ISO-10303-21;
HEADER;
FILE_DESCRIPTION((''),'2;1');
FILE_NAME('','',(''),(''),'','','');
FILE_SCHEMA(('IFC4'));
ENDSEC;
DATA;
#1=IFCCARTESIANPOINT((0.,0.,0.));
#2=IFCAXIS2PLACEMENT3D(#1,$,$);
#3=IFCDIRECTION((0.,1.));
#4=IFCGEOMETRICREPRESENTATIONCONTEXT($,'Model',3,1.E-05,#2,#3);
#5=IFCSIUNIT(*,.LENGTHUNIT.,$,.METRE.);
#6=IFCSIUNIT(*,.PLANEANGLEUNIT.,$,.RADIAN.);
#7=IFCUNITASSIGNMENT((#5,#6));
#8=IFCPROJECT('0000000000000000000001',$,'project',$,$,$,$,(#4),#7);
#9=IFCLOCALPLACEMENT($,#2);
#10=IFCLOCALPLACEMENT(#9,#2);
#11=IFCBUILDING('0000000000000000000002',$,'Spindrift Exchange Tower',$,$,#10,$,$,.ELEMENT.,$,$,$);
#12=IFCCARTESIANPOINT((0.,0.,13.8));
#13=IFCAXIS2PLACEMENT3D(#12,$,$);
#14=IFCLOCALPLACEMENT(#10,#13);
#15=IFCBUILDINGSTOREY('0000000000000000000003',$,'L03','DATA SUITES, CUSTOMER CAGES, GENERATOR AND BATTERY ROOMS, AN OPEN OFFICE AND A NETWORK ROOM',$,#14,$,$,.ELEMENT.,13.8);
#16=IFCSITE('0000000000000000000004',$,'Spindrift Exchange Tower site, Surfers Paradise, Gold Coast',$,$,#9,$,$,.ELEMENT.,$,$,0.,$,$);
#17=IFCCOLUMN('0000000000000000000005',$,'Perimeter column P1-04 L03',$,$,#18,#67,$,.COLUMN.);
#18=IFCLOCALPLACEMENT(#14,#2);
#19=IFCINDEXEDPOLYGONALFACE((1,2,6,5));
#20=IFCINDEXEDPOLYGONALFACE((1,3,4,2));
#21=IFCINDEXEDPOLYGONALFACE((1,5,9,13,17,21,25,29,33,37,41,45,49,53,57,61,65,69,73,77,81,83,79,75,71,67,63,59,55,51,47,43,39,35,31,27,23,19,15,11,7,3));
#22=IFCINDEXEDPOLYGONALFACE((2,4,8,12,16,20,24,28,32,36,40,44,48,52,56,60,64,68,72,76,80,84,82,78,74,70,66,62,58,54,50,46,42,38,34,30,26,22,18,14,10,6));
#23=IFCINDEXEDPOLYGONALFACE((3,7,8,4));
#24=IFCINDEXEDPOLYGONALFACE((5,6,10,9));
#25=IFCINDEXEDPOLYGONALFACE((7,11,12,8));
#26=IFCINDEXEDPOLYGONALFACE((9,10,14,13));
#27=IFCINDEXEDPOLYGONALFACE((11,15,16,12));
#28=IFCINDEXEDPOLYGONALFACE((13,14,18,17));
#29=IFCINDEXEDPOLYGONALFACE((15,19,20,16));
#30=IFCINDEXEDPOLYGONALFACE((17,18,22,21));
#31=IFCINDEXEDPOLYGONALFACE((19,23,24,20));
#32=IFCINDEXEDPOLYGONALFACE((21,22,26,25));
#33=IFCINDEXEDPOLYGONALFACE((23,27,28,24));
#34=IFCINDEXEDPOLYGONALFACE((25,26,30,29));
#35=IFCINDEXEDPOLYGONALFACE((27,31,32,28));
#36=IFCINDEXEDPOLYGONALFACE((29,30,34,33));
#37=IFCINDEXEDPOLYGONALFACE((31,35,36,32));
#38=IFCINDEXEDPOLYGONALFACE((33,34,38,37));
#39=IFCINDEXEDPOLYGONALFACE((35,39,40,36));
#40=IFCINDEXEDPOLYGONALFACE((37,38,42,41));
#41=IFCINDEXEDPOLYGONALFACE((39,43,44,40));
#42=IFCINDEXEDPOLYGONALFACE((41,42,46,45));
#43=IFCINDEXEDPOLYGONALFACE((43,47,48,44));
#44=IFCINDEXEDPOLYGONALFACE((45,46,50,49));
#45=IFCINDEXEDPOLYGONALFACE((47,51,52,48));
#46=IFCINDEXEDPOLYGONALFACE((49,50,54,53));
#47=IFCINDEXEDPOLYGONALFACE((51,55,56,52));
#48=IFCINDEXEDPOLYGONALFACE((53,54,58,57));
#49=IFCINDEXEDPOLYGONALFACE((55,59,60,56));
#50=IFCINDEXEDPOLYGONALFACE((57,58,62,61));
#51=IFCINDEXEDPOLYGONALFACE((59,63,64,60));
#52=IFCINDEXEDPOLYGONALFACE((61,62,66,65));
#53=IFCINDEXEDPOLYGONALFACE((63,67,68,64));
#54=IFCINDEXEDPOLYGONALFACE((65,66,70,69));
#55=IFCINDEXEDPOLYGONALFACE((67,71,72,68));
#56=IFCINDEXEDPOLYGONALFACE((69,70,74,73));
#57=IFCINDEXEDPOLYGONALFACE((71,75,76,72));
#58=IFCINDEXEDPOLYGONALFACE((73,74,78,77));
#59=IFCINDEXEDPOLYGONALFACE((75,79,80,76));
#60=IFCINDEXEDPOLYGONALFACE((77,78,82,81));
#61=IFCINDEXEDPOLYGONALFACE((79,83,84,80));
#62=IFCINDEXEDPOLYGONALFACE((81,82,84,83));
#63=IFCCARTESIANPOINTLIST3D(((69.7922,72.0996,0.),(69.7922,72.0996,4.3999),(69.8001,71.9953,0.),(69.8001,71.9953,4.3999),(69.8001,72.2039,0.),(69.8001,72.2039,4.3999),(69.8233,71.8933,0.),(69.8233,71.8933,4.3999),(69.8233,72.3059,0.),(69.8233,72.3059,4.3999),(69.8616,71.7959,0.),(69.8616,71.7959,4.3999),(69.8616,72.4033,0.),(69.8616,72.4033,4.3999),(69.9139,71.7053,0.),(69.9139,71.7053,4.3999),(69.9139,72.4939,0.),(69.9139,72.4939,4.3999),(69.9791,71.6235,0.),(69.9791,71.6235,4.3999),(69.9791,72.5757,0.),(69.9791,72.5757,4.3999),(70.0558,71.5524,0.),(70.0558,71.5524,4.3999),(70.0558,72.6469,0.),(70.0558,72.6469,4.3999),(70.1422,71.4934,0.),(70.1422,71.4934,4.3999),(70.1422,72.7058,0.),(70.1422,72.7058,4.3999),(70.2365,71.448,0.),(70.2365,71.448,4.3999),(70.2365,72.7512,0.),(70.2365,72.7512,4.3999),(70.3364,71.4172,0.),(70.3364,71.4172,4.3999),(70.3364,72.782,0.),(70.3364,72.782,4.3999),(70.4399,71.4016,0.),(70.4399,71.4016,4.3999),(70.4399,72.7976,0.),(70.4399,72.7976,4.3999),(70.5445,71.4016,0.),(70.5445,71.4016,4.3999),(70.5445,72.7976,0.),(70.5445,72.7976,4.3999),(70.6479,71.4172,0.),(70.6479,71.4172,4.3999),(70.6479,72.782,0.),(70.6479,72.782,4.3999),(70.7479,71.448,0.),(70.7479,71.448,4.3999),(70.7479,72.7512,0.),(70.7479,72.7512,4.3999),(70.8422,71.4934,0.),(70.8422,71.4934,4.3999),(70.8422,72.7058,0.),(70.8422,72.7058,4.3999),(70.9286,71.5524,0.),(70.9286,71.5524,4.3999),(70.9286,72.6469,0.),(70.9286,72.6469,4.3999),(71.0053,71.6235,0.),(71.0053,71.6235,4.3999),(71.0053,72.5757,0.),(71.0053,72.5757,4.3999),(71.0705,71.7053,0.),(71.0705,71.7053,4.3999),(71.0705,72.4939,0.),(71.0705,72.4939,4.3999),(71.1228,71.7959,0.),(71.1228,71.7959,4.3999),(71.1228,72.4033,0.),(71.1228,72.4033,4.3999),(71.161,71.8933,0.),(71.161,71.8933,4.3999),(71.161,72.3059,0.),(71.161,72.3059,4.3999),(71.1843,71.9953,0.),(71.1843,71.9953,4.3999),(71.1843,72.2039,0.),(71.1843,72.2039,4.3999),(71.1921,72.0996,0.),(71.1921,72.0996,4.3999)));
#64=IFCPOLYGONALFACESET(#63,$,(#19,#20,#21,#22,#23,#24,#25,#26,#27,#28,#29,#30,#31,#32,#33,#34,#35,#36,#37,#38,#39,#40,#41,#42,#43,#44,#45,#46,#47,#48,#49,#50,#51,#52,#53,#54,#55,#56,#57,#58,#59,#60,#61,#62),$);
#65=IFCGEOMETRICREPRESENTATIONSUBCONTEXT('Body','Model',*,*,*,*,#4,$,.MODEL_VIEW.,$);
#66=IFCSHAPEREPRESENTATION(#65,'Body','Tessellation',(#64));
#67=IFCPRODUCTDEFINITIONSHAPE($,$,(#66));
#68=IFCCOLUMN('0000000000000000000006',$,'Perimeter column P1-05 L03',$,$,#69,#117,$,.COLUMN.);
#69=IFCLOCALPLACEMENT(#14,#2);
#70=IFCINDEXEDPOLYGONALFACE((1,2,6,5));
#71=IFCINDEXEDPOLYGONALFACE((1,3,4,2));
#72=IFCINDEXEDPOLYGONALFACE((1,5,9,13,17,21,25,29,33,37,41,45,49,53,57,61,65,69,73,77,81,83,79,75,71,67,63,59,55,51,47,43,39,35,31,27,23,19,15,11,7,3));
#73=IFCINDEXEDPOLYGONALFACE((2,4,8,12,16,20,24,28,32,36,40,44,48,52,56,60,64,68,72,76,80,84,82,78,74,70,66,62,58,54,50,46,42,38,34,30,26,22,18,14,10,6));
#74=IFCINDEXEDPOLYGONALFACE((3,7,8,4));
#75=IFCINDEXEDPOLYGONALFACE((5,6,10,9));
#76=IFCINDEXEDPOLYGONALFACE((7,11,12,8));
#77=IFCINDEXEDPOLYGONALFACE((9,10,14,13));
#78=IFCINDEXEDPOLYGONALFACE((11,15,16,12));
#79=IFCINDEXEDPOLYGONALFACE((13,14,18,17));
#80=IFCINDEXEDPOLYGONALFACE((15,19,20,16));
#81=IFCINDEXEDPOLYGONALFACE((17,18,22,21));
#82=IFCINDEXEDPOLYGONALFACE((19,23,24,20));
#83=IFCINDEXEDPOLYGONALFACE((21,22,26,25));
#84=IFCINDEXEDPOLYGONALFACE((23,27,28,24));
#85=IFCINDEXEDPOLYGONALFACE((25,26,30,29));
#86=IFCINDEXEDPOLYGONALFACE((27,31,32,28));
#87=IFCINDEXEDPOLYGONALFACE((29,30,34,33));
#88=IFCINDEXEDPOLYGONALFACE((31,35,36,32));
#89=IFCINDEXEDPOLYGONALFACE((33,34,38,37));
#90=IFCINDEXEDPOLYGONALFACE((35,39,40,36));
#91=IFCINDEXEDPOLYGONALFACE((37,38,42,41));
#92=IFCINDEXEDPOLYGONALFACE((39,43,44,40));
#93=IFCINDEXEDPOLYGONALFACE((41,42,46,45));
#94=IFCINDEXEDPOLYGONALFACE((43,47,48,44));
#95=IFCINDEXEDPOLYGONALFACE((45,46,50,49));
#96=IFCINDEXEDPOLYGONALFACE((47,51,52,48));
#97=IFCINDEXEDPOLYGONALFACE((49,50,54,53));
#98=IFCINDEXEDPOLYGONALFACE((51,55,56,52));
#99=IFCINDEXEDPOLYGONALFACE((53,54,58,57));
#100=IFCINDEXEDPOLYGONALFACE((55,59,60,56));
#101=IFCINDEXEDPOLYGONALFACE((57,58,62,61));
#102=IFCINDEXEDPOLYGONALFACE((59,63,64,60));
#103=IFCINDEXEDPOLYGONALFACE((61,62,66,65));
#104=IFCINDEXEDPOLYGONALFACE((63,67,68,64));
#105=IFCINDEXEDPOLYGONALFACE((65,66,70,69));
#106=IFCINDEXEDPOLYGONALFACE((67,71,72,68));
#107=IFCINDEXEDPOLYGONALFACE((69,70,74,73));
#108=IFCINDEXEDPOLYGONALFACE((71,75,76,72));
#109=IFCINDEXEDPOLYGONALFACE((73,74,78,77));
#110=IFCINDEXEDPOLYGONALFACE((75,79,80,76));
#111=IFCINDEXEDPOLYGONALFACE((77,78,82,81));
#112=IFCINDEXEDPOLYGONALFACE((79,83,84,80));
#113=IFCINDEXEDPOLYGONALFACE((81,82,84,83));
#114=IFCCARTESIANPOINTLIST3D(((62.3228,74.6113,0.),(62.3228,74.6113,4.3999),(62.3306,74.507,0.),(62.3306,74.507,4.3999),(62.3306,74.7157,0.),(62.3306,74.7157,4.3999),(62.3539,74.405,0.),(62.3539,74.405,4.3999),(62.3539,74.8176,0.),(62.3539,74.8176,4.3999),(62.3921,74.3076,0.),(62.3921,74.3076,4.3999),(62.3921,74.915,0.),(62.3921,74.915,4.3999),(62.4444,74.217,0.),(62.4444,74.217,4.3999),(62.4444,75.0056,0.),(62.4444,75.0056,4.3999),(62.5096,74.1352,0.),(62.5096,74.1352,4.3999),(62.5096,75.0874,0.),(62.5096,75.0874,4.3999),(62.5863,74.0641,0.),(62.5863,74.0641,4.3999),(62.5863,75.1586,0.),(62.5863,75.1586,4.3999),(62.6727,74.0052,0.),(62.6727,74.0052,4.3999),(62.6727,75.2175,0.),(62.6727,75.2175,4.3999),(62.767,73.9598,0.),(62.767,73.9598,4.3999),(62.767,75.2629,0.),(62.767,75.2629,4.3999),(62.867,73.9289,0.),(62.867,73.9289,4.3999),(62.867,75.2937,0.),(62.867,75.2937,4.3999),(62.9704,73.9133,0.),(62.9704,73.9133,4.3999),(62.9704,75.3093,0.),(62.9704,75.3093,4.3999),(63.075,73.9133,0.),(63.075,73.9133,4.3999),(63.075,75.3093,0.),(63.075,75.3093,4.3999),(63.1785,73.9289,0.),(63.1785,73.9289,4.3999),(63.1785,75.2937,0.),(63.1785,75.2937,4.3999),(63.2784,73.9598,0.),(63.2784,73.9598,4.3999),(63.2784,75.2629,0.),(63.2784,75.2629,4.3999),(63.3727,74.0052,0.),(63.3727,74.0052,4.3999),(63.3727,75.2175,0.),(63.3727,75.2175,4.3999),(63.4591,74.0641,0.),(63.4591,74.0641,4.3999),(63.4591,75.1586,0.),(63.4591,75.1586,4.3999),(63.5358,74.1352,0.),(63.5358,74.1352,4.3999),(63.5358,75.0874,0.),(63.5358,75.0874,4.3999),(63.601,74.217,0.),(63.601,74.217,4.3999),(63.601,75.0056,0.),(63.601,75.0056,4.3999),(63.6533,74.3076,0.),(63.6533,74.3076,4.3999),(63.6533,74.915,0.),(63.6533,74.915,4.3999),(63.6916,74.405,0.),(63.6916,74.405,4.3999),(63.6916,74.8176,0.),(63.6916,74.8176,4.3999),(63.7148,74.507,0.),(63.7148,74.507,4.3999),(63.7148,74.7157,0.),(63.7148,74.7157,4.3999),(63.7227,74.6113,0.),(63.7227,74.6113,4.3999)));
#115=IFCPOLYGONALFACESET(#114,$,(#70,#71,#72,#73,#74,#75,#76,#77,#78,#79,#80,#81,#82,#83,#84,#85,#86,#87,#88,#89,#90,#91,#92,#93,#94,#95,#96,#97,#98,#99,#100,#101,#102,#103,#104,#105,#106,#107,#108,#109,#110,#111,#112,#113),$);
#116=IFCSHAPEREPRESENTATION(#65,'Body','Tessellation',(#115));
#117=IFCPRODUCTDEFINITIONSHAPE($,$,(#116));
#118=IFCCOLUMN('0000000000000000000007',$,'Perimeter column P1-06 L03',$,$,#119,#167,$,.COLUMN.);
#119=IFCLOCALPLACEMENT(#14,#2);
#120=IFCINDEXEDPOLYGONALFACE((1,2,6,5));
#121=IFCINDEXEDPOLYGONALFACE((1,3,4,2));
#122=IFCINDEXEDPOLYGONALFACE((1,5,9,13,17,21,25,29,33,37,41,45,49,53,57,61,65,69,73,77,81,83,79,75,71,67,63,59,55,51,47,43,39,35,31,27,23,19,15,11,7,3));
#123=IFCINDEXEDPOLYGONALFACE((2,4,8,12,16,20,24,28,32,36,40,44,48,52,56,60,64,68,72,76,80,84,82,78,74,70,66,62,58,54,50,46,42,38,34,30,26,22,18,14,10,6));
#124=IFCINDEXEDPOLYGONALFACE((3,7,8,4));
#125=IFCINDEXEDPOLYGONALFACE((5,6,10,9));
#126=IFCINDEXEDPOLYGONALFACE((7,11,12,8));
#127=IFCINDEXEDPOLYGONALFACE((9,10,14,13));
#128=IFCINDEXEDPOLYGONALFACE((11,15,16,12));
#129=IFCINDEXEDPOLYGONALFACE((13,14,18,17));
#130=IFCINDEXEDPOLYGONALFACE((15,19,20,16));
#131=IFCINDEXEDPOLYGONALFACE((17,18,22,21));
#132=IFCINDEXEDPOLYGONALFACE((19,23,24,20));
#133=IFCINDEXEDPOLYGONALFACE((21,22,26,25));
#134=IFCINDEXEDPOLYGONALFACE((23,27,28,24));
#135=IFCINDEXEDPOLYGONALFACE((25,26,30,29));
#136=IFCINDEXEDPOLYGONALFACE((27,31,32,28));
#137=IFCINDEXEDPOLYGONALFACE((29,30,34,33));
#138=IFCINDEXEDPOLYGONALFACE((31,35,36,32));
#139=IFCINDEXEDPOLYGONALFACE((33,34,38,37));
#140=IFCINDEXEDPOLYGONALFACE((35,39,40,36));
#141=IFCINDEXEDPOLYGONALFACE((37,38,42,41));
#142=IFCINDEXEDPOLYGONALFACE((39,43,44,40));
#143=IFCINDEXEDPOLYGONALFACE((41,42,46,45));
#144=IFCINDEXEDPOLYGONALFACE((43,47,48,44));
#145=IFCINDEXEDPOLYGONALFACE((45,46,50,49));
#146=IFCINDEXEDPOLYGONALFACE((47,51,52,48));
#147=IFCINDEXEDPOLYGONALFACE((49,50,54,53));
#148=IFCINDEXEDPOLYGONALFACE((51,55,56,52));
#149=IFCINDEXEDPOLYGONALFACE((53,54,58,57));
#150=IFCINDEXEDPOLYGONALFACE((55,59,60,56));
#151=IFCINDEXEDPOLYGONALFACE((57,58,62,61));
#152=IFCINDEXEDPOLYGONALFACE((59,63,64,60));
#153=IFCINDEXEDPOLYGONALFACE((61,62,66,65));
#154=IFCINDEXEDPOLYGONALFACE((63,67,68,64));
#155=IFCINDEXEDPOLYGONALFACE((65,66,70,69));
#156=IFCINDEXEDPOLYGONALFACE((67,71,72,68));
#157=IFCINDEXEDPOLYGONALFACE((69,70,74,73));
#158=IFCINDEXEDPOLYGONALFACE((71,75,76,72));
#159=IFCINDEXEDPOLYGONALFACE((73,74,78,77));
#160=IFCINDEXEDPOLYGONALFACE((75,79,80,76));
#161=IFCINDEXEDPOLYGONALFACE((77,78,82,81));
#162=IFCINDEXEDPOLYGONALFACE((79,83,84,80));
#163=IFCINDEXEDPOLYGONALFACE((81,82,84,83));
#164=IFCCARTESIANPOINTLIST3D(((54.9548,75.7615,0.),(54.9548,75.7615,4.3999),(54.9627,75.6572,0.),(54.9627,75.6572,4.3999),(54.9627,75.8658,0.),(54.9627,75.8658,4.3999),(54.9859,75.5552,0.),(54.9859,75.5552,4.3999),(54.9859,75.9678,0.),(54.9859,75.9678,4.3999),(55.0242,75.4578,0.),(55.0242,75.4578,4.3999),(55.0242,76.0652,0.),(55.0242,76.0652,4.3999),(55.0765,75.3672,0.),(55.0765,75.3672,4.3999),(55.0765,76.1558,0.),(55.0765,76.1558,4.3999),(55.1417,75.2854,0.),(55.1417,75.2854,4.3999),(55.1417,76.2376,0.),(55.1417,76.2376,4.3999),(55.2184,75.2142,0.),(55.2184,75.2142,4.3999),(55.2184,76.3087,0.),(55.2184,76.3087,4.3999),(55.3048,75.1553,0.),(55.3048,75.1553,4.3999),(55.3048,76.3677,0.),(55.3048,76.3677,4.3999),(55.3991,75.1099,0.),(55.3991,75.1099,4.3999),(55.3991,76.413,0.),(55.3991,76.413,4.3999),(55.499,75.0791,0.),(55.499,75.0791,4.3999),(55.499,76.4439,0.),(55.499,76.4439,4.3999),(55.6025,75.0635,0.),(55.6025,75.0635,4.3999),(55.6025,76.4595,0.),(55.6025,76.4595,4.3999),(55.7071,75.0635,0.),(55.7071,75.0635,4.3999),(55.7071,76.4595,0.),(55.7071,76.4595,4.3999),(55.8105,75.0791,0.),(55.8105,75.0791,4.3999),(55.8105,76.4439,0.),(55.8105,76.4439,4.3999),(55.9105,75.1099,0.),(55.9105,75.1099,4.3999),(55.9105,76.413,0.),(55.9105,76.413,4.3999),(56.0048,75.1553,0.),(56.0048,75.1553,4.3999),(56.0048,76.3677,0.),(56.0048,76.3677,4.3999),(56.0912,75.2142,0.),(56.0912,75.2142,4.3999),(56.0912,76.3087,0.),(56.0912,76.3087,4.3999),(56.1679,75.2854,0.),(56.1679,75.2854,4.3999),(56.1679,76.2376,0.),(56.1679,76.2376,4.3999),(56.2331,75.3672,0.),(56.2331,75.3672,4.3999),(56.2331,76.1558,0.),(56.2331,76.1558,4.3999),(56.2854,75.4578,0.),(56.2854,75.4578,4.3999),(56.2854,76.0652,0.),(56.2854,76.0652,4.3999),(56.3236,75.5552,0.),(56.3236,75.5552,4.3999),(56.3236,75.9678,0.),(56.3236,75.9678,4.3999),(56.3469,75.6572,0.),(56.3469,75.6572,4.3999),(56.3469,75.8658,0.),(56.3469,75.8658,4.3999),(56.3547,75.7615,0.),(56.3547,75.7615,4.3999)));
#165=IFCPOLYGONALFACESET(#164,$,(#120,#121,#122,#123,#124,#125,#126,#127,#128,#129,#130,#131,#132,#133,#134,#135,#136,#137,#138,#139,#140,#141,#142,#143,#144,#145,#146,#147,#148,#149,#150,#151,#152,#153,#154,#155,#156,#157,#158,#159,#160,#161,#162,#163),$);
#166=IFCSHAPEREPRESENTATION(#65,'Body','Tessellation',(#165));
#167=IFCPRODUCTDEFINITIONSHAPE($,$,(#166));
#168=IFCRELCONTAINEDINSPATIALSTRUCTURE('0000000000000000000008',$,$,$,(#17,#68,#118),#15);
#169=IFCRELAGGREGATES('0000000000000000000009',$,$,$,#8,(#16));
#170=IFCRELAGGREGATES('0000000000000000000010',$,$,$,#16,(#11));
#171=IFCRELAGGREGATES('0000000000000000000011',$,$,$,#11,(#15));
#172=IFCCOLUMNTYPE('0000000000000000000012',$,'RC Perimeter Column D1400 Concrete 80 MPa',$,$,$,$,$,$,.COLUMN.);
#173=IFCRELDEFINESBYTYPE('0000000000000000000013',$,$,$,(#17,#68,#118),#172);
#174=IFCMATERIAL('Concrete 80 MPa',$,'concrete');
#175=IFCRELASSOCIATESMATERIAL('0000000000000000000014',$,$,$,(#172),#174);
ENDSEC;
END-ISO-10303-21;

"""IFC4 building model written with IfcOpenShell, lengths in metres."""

from ifc_helpers import new_model, si_unit, direction, frame, origin, origin_2d, place, context, subcontext, project, spatial, circle, extrude, source, transform, mapped, material, material_profile, profile_set, type_object, element, save


model = new_model("IFC4")

# Units and contexts
model_context = context("Model", 3, precision=1e-05, world=origin(), true_north=direction((0.0, 1.0)))
body_context = subcontext(model_context, "Body", "Model", "MODEL_VIEW")
ifc_project = project(units=[si_unit("LENGTHUNIT", "METRE"), si_unit("PLANEANGLEUNIT", "RADIAN")], contexts=[model_context])

# Site, building, storey
site_placement = place(None, origin())
site = spatial("IfcSite", under=ifc_project, at=site_placement, Name="Spindrift Exchange Tower site, Surfers Paradise, Gold Coast", CompositionType="ELEMENT", RefElevation=0.0)
building_placement = place(site_placement, origin())
building = spatial("IfcBuilding", under=site, at=building_placement, Name="Spindrift Exchange Tower", CompositionType="ELEMENT")
storey_placement = place(building_placement, frame((0.0, 0.0, 13.8)))
storey = spatial("IfcBuildingStorey", under=building, at=storey_placement, Name="L03", Description="DATA SUITES, CUSTOMER CAGES, GENERATOR AND BATTERY ROOMS, AN OPEN OFFICE AND A NETWORK ROOM", CompositionType="ELEMENT", Elevation=13.8)

# Columns
ifc_material_1 = material(Name="Concrete 80 MPa", Category="concrete")
ifc_material_profile_1 = material_profile(ifc_material_1, circle(Radius=0.7, at=origin_2d()), Name="RC D1400")
ifc_profile_set_1 = profile_set([ifc_material_profile_1], Name="Concrete 80 MPa")
column_type_1 = type_object("IfcColumnType", Name="RC Perimeter Column D1400 Concrete 80 MPa", PredefinedType="COLUMN", material=ifc_profile_set_1)
shared_shape_1 = source(origin(), body_context, "Body", "SweptSolid", [
    extrude(circle(Radius=0.7, at=origin_2d()), origin(), (0.0, 0.0, 1.0), 4.3999),
])
for number, where, z_axis, x_axis, name in (
    (1, (70.4922, 72.0996, 0.0), (0.0, 0.0, 1.0), (1.0, 0.0, 0.0), "Perimeter column P1-04 L03"),
    (2, (63.0227, 74.6113, 0.0), (0.0, 0.0, 1.0), (1.0, 0.0, 0.0), "Perimeter column P1-05 L03"),
    (3, (55.6548, 75.7615, 0.0), (0.0, 0.0, 1.0), (1.0, 0.0, 0.0), "Perimeter column P1-06 L03"),
):
    element("IfcColumn", number, at=place(storey_placement, frame(where, z_axis=z_axis, x_axis=x_axis)), inside=storey, type_object=column_type_1, Name=name, PredefinedType="COLUMN", context=body_context, shape_type="MappedRepresentation", body=[
        mapped(shared_shape_1, transform((0.0, 0.0, 0.0), scale=1.0)),
    ])

save(model, "model.ifc")
